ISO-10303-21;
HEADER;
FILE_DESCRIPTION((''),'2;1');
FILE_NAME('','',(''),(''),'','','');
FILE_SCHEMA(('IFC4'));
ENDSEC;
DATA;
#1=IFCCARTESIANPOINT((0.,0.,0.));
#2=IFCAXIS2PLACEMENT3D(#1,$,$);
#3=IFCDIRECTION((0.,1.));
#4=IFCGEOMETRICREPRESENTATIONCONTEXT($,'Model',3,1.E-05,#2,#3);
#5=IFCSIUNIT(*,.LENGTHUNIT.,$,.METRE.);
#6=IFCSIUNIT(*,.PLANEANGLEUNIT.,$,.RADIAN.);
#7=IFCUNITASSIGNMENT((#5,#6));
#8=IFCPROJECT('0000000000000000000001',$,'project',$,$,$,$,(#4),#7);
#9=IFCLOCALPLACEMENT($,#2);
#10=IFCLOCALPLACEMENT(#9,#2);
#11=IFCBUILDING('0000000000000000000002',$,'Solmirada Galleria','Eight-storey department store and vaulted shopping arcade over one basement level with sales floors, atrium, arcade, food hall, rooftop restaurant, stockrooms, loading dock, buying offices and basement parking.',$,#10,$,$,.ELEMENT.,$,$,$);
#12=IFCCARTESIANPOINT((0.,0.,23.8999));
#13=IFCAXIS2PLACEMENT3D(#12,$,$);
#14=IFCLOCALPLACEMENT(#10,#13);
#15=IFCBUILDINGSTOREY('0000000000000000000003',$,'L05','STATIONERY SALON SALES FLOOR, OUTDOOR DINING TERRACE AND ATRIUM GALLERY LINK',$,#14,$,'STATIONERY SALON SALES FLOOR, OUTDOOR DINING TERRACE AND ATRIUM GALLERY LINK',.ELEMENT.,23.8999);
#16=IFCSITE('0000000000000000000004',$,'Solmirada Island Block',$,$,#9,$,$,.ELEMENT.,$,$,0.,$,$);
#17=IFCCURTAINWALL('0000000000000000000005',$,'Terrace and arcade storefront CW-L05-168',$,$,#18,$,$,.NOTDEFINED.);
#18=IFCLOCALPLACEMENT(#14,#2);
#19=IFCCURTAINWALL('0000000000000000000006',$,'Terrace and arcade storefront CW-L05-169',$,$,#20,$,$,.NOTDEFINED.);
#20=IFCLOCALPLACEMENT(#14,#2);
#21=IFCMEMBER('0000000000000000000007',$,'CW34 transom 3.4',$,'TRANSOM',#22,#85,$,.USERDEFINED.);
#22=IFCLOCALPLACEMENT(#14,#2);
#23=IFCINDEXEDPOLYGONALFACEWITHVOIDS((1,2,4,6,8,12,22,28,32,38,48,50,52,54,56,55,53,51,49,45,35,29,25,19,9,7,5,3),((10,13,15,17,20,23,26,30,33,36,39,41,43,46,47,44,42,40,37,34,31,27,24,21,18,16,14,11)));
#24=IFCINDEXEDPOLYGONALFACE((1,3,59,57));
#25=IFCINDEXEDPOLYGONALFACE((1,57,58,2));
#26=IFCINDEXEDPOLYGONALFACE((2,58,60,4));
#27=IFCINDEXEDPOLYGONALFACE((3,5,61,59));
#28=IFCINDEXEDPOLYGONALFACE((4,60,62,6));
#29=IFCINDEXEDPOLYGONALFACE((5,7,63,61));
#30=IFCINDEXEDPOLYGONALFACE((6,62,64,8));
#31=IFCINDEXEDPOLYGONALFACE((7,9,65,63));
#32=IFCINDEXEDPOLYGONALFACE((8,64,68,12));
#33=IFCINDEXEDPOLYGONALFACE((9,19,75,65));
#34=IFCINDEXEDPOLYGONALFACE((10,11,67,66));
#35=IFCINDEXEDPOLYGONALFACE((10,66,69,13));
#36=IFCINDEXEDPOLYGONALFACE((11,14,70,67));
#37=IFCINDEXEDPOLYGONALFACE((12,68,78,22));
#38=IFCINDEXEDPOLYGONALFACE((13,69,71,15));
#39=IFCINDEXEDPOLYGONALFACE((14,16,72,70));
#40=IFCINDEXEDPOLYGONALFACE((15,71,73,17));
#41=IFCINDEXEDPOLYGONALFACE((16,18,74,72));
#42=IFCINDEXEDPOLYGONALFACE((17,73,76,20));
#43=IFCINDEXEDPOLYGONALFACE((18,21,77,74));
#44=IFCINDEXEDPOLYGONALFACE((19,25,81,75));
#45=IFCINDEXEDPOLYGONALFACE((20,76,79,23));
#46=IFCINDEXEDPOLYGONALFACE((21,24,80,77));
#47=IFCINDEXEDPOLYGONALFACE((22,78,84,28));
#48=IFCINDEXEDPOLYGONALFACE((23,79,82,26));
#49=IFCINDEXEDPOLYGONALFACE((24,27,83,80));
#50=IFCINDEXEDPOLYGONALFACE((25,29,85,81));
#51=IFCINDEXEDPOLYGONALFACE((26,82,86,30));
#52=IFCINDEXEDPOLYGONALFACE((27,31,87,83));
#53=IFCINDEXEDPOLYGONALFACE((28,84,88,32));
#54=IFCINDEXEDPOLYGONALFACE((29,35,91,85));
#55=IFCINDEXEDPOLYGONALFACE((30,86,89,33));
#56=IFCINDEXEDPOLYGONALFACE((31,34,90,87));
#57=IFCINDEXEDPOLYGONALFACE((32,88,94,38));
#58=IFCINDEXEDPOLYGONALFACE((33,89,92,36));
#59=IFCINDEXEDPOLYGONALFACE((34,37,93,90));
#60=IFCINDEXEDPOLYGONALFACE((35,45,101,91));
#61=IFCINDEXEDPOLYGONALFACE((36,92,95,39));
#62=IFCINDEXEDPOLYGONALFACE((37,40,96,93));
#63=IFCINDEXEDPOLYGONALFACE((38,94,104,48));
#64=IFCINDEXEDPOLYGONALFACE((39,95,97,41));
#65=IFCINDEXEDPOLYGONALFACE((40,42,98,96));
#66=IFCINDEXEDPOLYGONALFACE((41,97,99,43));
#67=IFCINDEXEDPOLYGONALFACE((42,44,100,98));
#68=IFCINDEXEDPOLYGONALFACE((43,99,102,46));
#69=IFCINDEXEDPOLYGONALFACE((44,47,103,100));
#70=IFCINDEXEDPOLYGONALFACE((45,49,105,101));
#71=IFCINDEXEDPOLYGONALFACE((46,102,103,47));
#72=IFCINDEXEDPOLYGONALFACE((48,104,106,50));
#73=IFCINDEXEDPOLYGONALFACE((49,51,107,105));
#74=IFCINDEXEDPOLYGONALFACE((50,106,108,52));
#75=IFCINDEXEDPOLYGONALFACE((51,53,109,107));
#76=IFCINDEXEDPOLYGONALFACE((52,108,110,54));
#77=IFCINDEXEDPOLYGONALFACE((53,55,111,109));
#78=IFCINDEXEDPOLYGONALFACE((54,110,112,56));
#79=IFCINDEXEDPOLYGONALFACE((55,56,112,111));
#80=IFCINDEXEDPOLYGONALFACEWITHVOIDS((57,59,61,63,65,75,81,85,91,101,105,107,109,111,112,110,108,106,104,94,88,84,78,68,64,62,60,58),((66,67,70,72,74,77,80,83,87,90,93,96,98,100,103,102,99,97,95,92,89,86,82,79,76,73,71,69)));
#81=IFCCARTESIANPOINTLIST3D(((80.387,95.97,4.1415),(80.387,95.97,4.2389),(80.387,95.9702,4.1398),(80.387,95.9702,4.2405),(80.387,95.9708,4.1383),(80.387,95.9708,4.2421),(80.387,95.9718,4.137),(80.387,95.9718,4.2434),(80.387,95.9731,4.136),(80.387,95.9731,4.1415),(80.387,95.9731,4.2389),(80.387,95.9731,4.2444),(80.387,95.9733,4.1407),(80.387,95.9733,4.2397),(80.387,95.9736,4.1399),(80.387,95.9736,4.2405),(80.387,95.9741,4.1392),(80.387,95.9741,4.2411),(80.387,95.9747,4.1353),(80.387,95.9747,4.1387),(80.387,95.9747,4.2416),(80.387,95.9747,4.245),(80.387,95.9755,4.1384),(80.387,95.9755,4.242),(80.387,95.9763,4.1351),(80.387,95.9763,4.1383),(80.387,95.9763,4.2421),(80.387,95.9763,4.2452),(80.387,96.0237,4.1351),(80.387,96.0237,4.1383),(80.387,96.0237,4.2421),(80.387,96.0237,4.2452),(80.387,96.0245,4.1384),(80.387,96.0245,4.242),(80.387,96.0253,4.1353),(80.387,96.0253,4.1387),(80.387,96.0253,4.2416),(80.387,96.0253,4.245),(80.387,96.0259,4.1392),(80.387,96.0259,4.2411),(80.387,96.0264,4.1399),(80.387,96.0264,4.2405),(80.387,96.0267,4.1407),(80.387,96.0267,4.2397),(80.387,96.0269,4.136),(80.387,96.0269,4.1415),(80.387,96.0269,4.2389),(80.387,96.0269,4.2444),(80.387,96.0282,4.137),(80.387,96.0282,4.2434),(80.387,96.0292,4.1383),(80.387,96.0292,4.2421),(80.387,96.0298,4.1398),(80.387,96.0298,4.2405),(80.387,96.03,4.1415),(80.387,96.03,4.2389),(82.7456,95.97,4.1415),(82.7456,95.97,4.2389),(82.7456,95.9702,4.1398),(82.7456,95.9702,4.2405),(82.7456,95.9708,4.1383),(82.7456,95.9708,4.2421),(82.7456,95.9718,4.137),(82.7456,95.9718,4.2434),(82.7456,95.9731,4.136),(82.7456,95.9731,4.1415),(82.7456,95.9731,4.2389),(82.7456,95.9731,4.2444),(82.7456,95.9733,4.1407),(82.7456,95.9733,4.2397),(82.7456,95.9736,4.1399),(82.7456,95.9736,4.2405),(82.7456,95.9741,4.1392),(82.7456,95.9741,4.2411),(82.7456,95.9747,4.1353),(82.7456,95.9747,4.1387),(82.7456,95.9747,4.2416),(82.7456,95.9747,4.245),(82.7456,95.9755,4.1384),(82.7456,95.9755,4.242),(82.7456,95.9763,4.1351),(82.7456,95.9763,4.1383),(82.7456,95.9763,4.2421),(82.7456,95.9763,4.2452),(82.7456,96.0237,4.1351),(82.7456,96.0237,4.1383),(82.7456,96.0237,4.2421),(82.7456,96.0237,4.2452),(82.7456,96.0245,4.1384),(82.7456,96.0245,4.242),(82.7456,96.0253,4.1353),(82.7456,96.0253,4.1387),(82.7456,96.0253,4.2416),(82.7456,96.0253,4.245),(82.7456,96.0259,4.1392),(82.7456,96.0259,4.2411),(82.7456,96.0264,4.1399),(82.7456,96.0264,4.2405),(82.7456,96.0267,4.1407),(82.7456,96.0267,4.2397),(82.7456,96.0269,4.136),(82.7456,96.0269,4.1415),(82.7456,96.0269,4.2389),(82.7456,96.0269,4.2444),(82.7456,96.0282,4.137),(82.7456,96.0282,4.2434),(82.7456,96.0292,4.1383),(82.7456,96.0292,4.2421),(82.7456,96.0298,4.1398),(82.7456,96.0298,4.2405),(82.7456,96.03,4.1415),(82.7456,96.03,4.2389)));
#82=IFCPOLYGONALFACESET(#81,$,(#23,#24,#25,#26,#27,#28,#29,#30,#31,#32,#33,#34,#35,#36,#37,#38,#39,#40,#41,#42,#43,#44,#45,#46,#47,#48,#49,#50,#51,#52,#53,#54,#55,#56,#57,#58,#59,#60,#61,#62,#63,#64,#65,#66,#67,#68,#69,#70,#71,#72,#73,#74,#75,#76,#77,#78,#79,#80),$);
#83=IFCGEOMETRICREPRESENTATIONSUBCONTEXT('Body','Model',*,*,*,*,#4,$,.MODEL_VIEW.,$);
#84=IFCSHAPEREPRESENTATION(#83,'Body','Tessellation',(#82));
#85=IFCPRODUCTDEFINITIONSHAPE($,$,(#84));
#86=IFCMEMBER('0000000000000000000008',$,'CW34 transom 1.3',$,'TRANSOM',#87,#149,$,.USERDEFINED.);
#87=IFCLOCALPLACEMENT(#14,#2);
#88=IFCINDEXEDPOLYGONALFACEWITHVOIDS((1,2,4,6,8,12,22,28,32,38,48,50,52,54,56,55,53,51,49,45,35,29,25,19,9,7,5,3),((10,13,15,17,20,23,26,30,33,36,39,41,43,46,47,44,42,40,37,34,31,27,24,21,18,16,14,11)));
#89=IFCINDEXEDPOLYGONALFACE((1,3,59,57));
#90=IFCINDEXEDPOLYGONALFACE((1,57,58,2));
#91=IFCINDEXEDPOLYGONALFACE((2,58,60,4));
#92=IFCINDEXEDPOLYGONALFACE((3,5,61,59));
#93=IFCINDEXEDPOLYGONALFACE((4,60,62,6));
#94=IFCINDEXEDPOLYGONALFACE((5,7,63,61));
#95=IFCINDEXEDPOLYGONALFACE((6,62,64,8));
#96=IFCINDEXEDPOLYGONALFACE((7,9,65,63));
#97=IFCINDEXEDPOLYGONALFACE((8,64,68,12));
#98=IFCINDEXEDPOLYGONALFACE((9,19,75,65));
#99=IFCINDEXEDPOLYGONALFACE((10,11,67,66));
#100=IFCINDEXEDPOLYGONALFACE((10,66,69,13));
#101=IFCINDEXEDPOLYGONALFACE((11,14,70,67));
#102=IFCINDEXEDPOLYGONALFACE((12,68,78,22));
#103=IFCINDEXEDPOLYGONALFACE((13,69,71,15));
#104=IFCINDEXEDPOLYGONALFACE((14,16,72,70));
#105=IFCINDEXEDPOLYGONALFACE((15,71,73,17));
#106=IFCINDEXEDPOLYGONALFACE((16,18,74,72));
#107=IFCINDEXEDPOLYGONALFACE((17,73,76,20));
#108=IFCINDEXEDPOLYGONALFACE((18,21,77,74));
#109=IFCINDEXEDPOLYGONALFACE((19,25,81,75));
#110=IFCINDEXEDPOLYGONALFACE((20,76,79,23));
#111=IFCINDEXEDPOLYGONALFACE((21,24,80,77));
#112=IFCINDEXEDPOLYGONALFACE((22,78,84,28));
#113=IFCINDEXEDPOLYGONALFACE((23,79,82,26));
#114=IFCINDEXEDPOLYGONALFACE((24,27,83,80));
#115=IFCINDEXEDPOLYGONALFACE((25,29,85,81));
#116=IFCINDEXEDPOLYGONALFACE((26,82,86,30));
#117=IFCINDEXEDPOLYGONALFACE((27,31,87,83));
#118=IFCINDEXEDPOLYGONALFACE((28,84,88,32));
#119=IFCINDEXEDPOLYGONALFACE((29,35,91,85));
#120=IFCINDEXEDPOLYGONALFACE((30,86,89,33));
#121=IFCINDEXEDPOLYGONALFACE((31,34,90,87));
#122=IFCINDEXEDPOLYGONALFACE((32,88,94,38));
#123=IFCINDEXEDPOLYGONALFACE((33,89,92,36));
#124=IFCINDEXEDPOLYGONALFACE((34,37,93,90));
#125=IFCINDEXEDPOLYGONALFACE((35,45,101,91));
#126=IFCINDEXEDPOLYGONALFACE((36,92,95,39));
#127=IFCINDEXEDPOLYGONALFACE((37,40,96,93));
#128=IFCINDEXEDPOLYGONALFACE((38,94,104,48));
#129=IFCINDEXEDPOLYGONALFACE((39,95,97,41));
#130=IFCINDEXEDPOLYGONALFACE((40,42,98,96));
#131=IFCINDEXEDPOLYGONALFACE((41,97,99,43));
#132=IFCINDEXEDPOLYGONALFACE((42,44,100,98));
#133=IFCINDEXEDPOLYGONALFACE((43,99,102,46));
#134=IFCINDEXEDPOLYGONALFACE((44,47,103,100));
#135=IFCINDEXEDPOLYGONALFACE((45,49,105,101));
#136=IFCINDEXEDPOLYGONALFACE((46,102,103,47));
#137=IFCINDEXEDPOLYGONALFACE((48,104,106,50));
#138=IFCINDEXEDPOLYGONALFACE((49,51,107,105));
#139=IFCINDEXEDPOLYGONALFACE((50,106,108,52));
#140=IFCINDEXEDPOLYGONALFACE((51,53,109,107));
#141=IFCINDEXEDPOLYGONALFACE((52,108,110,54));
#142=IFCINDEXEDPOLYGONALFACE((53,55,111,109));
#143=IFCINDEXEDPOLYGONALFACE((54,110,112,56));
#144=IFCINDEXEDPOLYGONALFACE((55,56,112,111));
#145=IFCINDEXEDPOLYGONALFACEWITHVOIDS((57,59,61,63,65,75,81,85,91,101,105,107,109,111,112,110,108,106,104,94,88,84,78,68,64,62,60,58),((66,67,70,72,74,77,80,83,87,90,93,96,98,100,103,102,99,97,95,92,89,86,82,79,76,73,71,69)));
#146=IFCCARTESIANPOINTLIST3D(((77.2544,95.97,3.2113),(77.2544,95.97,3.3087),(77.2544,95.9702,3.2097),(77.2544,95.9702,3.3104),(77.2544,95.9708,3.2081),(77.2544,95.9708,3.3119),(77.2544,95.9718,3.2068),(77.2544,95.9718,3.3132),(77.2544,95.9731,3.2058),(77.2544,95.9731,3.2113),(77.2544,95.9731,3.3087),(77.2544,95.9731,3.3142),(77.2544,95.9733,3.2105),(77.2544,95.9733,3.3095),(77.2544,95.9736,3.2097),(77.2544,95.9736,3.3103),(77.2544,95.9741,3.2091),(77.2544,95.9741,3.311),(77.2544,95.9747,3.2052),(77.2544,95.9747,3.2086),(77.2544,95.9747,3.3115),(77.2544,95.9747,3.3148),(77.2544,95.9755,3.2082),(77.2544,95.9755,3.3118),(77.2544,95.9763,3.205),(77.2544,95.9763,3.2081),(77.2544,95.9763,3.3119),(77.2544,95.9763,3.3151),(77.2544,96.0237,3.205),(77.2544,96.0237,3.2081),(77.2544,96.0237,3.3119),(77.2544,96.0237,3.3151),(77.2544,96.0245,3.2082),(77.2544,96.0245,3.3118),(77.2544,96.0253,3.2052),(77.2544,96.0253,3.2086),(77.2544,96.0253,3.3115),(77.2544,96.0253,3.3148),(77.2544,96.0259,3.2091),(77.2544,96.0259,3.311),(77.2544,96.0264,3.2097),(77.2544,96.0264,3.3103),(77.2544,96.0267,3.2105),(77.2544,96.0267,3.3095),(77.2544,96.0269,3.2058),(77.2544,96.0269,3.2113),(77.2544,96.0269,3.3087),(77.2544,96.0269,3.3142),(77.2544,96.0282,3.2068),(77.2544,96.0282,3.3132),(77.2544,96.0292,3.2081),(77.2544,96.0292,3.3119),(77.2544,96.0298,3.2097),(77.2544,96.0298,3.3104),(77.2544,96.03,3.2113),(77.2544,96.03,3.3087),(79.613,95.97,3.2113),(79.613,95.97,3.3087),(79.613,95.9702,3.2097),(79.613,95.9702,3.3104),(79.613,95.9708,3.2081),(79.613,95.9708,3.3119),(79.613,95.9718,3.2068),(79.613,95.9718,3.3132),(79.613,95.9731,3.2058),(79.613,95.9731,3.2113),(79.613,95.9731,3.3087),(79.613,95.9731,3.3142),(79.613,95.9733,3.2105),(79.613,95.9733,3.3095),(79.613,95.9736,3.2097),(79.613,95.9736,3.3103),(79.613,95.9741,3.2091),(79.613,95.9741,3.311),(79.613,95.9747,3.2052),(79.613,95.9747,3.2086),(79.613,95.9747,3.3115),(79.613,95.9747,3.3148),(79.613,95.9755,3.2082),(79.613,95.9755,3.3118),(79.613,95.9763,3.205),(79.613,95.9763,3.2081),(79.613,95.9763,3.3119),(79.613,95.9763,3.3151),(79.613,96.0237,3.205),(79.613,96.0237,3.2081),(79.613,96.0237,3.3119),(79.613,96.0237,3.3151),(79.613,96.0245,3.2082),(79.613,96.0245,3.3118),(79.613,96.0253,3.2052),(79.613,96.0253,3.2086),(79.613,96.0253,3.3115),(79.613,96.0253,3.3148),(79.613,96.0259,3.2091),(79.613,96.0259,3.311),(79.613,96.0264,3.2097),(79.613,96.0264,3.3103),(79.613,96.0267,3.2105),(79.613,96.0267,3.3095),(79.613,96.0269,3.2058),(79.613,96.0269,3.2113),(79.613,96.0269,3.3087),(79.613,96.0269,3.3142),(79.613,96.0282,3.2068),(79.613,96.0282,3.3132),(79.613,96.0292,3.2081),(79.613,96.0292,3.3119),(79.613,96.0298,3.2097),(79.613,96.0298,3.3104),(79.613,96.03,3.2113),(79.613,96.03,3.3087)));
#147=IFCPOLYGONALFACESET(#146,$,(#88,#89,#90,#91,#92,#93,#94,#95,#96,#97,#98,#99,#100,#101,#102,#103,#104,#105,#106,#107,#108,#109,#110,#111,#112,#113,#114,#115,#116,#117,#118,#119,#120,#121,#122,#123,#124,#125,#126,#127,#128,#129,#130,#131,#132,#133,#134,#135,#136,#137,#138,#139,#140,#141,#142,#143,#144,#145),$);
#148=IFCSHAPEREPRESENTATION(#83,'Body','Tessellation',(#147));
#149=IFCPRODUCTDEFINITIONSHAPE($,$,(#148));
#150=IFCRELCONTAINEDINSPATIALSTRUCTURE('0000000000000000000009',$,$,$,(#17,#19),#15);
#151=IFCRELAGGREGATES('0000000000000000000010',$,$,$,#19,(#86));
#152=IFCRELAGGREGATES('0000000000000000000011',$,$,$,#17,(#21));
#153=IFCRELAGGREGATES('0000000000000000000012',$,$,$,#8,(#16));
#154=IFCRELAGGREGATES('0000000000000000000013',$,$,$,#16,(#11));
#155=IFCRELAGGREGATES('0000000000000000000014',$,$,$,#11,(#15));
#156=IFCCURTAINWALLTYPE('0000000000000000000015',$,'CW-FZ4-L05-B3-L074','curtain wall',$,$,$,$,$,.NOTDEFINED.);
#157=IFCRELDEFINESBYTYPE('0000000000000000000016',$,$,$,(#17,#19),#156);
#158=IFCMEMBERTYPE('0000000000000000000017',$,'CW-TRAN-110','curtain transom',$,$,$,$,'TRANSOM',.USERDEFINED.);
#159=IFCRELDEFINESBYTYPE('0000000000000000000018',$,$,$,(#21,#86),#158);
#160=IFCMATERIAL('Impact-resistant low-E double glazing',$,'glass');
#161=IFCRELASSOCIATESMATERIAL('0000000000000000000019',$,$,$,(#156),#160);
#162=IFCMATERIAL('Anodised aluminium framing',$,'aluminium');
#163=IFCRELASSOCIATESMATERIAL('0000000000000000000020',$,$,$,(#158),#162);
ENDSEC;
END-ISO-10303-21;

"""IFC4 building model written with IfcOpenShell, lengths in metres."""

from ifc_helpers import new_model, si_unit, direction, frame, origin, origin_2d, place, context, subcontext, project, spatial, hollow_rectangle, extrude, material, material_profile, profile_set, type_object, element, aggregate, save


model = new_model("IFC4")

# Units and contexts
model_context = context("Model", 3, precision=1e-05, world=origin(), true_north=direction((0.0, 1.0)))
body_context = subcontext(model_context, "Body", "Model", "MODEL_VIEW")
ifc_project = project(units=[si_unit("LENGTHUNIT", "METRE"), si_unit("PLANEANGLEUNIT", "RADIAN")], contexts=[model_context])

# Site, building, storey
site_placement = place(None, origin())
site = spatial("IfcSite", under=ifc_project, at=site_placement, Name="Solmirada Island Block", CompositionType="ELEMENT", RefElevation=0.0)
building_placement = place(site_placement, origin())
building = spatial("IfcBuilding", under=site, at=building_placement, Name="Solmirada Galleria", Description="Eight-storey department store and vaulted shopping arcade over one basement level with sales floors, atrium, arcade, food hall, rooftop restaurant, stockrooms, loading dock, buying offices and basement parking.", CompositionType="ELEMENT")
storey_placement = place(building_placement, frame((0.0, 0.0, 23.8999)))
storey = spatial("IfcBuildingStorey", under=building, at=storey_placement, Name="L05", Description="STATIONERY SALON SALES FLOOR, OUTDOOR DINING TERRACE AND ATRIUM GALLERY LINK", LongName="STATIONERY SALON SALES FLOOR, OUTDOOR DINING TERRACE AND ATRIUM GALLERY LINK", CompositionType="ELEMENT", Elevation=23.8999)

# Curtain wall
ifc_material_1 = material(Name="Impact-resistant low-E double glazing", Category="glass")
curtain_wall_type = type_object("IfcCurtainWallType", Name="CW-FZ4-L05-B3-L074", Description="curtain wall", PredefinedType="NOTDEFINED", material=ifc_material_1)
curtain_wall_1_placement = place(storey_placement, origin())
curtain_wall_1 = element("IfcCurtainWall", 1, at=curtain_wall_1_placement, inside=storey, type_object=curtain_wall_type, Name="Terrace and arcade storefront CW-L05-168", PredefinedType="NOTDEFINED")
ifc_material_2 = material(Name="Anodised aluminium framing", Category="aluminium")

# Curtain wall
curtain_wall_2_placement = place(storey_placement, origin())
curtain_wall_2 = element("IfcCurtainWall", 2, at=curtain_wall_2_placement, inside=storey, type_object=curtain_wall_type, Name="Terrace and arcade storefront CW-L05-169", PredefinedType="NOTDEFINED")

# Members
ifc_material_profile_1 = material_profile(ifc_material_2, hollow_rectangle(XDim=0.0601, YDim=0.1101, WallThickness=0.0032, InnerFilletRadius=0.0032, OuterFilletRadius=0.0063, at=origin_2d()), Name="ALU-TRAN-110X60")
ifc_profile_set_1 = profile_set([ifc_material_profile_1], Name="Anodised aluminium framing")
member_type_1 = type_object("IfcMemberType", Name="CW-TRAN-110", Description="curtain transom", ElementType="TRANSOM", PredefinedType="USERDEFINED", material=ifc_profile_set_1)
member_1_placement = place(storey_placement, frame((82.7456, 96.0, 4.1902), z_axis=(-1.0, 0.0, 0.0), x_axis=(0.0, -1.0, 0.0)))
member_1 = element("IfcMember", 3, at=member_1_placement, type_object=member_type_1, Name="CW34 transom 3.4", ObjectType="TRANSOM", PredefinedType="USERDEFINED", context=body_context, shape_type="SweptSolid", body=[
    extrude(hollow_rectangle(XDim=0.0601, YDim=0.1101, WallThickness=0.0032, InnerFilletRadius=0.0032, OuterFilletRadius=0.0063, at=origin_2d()), origin(), (0.0, 0.0, 1.0), 2.3586),
])
member_2_placement = place(storey_placement, frame((79.613, 96.0, 3.26), z_axis=(-1.0, 0.0, 0.0), x_axis=(0.0, -1.0, 0.0)))
member_2 = element("IfcMember", 4, at=member_2_placement, type_object=member_type_1, Name="CW34 transom 1.3", ObjectType="TRANSOM", PredefinedType="USERDEFINED", context=body_context, shape_type="SweptSolid", body=[
    extrude(hollow_rectangle(XDim=0.0601, YDim=0.1101, WallThickness=0.0032, InnerFilletRadius=0.0032, OuterFilletRadius=0.0063, at=origin_2d()), origin(), (0.0, 0.0, 1.0), 2.3586),
])
aggregate(curtain_wall_2, [member_2])

aggregate(curtain_wall_1, [member_1])

save(model, "model.ifc")
